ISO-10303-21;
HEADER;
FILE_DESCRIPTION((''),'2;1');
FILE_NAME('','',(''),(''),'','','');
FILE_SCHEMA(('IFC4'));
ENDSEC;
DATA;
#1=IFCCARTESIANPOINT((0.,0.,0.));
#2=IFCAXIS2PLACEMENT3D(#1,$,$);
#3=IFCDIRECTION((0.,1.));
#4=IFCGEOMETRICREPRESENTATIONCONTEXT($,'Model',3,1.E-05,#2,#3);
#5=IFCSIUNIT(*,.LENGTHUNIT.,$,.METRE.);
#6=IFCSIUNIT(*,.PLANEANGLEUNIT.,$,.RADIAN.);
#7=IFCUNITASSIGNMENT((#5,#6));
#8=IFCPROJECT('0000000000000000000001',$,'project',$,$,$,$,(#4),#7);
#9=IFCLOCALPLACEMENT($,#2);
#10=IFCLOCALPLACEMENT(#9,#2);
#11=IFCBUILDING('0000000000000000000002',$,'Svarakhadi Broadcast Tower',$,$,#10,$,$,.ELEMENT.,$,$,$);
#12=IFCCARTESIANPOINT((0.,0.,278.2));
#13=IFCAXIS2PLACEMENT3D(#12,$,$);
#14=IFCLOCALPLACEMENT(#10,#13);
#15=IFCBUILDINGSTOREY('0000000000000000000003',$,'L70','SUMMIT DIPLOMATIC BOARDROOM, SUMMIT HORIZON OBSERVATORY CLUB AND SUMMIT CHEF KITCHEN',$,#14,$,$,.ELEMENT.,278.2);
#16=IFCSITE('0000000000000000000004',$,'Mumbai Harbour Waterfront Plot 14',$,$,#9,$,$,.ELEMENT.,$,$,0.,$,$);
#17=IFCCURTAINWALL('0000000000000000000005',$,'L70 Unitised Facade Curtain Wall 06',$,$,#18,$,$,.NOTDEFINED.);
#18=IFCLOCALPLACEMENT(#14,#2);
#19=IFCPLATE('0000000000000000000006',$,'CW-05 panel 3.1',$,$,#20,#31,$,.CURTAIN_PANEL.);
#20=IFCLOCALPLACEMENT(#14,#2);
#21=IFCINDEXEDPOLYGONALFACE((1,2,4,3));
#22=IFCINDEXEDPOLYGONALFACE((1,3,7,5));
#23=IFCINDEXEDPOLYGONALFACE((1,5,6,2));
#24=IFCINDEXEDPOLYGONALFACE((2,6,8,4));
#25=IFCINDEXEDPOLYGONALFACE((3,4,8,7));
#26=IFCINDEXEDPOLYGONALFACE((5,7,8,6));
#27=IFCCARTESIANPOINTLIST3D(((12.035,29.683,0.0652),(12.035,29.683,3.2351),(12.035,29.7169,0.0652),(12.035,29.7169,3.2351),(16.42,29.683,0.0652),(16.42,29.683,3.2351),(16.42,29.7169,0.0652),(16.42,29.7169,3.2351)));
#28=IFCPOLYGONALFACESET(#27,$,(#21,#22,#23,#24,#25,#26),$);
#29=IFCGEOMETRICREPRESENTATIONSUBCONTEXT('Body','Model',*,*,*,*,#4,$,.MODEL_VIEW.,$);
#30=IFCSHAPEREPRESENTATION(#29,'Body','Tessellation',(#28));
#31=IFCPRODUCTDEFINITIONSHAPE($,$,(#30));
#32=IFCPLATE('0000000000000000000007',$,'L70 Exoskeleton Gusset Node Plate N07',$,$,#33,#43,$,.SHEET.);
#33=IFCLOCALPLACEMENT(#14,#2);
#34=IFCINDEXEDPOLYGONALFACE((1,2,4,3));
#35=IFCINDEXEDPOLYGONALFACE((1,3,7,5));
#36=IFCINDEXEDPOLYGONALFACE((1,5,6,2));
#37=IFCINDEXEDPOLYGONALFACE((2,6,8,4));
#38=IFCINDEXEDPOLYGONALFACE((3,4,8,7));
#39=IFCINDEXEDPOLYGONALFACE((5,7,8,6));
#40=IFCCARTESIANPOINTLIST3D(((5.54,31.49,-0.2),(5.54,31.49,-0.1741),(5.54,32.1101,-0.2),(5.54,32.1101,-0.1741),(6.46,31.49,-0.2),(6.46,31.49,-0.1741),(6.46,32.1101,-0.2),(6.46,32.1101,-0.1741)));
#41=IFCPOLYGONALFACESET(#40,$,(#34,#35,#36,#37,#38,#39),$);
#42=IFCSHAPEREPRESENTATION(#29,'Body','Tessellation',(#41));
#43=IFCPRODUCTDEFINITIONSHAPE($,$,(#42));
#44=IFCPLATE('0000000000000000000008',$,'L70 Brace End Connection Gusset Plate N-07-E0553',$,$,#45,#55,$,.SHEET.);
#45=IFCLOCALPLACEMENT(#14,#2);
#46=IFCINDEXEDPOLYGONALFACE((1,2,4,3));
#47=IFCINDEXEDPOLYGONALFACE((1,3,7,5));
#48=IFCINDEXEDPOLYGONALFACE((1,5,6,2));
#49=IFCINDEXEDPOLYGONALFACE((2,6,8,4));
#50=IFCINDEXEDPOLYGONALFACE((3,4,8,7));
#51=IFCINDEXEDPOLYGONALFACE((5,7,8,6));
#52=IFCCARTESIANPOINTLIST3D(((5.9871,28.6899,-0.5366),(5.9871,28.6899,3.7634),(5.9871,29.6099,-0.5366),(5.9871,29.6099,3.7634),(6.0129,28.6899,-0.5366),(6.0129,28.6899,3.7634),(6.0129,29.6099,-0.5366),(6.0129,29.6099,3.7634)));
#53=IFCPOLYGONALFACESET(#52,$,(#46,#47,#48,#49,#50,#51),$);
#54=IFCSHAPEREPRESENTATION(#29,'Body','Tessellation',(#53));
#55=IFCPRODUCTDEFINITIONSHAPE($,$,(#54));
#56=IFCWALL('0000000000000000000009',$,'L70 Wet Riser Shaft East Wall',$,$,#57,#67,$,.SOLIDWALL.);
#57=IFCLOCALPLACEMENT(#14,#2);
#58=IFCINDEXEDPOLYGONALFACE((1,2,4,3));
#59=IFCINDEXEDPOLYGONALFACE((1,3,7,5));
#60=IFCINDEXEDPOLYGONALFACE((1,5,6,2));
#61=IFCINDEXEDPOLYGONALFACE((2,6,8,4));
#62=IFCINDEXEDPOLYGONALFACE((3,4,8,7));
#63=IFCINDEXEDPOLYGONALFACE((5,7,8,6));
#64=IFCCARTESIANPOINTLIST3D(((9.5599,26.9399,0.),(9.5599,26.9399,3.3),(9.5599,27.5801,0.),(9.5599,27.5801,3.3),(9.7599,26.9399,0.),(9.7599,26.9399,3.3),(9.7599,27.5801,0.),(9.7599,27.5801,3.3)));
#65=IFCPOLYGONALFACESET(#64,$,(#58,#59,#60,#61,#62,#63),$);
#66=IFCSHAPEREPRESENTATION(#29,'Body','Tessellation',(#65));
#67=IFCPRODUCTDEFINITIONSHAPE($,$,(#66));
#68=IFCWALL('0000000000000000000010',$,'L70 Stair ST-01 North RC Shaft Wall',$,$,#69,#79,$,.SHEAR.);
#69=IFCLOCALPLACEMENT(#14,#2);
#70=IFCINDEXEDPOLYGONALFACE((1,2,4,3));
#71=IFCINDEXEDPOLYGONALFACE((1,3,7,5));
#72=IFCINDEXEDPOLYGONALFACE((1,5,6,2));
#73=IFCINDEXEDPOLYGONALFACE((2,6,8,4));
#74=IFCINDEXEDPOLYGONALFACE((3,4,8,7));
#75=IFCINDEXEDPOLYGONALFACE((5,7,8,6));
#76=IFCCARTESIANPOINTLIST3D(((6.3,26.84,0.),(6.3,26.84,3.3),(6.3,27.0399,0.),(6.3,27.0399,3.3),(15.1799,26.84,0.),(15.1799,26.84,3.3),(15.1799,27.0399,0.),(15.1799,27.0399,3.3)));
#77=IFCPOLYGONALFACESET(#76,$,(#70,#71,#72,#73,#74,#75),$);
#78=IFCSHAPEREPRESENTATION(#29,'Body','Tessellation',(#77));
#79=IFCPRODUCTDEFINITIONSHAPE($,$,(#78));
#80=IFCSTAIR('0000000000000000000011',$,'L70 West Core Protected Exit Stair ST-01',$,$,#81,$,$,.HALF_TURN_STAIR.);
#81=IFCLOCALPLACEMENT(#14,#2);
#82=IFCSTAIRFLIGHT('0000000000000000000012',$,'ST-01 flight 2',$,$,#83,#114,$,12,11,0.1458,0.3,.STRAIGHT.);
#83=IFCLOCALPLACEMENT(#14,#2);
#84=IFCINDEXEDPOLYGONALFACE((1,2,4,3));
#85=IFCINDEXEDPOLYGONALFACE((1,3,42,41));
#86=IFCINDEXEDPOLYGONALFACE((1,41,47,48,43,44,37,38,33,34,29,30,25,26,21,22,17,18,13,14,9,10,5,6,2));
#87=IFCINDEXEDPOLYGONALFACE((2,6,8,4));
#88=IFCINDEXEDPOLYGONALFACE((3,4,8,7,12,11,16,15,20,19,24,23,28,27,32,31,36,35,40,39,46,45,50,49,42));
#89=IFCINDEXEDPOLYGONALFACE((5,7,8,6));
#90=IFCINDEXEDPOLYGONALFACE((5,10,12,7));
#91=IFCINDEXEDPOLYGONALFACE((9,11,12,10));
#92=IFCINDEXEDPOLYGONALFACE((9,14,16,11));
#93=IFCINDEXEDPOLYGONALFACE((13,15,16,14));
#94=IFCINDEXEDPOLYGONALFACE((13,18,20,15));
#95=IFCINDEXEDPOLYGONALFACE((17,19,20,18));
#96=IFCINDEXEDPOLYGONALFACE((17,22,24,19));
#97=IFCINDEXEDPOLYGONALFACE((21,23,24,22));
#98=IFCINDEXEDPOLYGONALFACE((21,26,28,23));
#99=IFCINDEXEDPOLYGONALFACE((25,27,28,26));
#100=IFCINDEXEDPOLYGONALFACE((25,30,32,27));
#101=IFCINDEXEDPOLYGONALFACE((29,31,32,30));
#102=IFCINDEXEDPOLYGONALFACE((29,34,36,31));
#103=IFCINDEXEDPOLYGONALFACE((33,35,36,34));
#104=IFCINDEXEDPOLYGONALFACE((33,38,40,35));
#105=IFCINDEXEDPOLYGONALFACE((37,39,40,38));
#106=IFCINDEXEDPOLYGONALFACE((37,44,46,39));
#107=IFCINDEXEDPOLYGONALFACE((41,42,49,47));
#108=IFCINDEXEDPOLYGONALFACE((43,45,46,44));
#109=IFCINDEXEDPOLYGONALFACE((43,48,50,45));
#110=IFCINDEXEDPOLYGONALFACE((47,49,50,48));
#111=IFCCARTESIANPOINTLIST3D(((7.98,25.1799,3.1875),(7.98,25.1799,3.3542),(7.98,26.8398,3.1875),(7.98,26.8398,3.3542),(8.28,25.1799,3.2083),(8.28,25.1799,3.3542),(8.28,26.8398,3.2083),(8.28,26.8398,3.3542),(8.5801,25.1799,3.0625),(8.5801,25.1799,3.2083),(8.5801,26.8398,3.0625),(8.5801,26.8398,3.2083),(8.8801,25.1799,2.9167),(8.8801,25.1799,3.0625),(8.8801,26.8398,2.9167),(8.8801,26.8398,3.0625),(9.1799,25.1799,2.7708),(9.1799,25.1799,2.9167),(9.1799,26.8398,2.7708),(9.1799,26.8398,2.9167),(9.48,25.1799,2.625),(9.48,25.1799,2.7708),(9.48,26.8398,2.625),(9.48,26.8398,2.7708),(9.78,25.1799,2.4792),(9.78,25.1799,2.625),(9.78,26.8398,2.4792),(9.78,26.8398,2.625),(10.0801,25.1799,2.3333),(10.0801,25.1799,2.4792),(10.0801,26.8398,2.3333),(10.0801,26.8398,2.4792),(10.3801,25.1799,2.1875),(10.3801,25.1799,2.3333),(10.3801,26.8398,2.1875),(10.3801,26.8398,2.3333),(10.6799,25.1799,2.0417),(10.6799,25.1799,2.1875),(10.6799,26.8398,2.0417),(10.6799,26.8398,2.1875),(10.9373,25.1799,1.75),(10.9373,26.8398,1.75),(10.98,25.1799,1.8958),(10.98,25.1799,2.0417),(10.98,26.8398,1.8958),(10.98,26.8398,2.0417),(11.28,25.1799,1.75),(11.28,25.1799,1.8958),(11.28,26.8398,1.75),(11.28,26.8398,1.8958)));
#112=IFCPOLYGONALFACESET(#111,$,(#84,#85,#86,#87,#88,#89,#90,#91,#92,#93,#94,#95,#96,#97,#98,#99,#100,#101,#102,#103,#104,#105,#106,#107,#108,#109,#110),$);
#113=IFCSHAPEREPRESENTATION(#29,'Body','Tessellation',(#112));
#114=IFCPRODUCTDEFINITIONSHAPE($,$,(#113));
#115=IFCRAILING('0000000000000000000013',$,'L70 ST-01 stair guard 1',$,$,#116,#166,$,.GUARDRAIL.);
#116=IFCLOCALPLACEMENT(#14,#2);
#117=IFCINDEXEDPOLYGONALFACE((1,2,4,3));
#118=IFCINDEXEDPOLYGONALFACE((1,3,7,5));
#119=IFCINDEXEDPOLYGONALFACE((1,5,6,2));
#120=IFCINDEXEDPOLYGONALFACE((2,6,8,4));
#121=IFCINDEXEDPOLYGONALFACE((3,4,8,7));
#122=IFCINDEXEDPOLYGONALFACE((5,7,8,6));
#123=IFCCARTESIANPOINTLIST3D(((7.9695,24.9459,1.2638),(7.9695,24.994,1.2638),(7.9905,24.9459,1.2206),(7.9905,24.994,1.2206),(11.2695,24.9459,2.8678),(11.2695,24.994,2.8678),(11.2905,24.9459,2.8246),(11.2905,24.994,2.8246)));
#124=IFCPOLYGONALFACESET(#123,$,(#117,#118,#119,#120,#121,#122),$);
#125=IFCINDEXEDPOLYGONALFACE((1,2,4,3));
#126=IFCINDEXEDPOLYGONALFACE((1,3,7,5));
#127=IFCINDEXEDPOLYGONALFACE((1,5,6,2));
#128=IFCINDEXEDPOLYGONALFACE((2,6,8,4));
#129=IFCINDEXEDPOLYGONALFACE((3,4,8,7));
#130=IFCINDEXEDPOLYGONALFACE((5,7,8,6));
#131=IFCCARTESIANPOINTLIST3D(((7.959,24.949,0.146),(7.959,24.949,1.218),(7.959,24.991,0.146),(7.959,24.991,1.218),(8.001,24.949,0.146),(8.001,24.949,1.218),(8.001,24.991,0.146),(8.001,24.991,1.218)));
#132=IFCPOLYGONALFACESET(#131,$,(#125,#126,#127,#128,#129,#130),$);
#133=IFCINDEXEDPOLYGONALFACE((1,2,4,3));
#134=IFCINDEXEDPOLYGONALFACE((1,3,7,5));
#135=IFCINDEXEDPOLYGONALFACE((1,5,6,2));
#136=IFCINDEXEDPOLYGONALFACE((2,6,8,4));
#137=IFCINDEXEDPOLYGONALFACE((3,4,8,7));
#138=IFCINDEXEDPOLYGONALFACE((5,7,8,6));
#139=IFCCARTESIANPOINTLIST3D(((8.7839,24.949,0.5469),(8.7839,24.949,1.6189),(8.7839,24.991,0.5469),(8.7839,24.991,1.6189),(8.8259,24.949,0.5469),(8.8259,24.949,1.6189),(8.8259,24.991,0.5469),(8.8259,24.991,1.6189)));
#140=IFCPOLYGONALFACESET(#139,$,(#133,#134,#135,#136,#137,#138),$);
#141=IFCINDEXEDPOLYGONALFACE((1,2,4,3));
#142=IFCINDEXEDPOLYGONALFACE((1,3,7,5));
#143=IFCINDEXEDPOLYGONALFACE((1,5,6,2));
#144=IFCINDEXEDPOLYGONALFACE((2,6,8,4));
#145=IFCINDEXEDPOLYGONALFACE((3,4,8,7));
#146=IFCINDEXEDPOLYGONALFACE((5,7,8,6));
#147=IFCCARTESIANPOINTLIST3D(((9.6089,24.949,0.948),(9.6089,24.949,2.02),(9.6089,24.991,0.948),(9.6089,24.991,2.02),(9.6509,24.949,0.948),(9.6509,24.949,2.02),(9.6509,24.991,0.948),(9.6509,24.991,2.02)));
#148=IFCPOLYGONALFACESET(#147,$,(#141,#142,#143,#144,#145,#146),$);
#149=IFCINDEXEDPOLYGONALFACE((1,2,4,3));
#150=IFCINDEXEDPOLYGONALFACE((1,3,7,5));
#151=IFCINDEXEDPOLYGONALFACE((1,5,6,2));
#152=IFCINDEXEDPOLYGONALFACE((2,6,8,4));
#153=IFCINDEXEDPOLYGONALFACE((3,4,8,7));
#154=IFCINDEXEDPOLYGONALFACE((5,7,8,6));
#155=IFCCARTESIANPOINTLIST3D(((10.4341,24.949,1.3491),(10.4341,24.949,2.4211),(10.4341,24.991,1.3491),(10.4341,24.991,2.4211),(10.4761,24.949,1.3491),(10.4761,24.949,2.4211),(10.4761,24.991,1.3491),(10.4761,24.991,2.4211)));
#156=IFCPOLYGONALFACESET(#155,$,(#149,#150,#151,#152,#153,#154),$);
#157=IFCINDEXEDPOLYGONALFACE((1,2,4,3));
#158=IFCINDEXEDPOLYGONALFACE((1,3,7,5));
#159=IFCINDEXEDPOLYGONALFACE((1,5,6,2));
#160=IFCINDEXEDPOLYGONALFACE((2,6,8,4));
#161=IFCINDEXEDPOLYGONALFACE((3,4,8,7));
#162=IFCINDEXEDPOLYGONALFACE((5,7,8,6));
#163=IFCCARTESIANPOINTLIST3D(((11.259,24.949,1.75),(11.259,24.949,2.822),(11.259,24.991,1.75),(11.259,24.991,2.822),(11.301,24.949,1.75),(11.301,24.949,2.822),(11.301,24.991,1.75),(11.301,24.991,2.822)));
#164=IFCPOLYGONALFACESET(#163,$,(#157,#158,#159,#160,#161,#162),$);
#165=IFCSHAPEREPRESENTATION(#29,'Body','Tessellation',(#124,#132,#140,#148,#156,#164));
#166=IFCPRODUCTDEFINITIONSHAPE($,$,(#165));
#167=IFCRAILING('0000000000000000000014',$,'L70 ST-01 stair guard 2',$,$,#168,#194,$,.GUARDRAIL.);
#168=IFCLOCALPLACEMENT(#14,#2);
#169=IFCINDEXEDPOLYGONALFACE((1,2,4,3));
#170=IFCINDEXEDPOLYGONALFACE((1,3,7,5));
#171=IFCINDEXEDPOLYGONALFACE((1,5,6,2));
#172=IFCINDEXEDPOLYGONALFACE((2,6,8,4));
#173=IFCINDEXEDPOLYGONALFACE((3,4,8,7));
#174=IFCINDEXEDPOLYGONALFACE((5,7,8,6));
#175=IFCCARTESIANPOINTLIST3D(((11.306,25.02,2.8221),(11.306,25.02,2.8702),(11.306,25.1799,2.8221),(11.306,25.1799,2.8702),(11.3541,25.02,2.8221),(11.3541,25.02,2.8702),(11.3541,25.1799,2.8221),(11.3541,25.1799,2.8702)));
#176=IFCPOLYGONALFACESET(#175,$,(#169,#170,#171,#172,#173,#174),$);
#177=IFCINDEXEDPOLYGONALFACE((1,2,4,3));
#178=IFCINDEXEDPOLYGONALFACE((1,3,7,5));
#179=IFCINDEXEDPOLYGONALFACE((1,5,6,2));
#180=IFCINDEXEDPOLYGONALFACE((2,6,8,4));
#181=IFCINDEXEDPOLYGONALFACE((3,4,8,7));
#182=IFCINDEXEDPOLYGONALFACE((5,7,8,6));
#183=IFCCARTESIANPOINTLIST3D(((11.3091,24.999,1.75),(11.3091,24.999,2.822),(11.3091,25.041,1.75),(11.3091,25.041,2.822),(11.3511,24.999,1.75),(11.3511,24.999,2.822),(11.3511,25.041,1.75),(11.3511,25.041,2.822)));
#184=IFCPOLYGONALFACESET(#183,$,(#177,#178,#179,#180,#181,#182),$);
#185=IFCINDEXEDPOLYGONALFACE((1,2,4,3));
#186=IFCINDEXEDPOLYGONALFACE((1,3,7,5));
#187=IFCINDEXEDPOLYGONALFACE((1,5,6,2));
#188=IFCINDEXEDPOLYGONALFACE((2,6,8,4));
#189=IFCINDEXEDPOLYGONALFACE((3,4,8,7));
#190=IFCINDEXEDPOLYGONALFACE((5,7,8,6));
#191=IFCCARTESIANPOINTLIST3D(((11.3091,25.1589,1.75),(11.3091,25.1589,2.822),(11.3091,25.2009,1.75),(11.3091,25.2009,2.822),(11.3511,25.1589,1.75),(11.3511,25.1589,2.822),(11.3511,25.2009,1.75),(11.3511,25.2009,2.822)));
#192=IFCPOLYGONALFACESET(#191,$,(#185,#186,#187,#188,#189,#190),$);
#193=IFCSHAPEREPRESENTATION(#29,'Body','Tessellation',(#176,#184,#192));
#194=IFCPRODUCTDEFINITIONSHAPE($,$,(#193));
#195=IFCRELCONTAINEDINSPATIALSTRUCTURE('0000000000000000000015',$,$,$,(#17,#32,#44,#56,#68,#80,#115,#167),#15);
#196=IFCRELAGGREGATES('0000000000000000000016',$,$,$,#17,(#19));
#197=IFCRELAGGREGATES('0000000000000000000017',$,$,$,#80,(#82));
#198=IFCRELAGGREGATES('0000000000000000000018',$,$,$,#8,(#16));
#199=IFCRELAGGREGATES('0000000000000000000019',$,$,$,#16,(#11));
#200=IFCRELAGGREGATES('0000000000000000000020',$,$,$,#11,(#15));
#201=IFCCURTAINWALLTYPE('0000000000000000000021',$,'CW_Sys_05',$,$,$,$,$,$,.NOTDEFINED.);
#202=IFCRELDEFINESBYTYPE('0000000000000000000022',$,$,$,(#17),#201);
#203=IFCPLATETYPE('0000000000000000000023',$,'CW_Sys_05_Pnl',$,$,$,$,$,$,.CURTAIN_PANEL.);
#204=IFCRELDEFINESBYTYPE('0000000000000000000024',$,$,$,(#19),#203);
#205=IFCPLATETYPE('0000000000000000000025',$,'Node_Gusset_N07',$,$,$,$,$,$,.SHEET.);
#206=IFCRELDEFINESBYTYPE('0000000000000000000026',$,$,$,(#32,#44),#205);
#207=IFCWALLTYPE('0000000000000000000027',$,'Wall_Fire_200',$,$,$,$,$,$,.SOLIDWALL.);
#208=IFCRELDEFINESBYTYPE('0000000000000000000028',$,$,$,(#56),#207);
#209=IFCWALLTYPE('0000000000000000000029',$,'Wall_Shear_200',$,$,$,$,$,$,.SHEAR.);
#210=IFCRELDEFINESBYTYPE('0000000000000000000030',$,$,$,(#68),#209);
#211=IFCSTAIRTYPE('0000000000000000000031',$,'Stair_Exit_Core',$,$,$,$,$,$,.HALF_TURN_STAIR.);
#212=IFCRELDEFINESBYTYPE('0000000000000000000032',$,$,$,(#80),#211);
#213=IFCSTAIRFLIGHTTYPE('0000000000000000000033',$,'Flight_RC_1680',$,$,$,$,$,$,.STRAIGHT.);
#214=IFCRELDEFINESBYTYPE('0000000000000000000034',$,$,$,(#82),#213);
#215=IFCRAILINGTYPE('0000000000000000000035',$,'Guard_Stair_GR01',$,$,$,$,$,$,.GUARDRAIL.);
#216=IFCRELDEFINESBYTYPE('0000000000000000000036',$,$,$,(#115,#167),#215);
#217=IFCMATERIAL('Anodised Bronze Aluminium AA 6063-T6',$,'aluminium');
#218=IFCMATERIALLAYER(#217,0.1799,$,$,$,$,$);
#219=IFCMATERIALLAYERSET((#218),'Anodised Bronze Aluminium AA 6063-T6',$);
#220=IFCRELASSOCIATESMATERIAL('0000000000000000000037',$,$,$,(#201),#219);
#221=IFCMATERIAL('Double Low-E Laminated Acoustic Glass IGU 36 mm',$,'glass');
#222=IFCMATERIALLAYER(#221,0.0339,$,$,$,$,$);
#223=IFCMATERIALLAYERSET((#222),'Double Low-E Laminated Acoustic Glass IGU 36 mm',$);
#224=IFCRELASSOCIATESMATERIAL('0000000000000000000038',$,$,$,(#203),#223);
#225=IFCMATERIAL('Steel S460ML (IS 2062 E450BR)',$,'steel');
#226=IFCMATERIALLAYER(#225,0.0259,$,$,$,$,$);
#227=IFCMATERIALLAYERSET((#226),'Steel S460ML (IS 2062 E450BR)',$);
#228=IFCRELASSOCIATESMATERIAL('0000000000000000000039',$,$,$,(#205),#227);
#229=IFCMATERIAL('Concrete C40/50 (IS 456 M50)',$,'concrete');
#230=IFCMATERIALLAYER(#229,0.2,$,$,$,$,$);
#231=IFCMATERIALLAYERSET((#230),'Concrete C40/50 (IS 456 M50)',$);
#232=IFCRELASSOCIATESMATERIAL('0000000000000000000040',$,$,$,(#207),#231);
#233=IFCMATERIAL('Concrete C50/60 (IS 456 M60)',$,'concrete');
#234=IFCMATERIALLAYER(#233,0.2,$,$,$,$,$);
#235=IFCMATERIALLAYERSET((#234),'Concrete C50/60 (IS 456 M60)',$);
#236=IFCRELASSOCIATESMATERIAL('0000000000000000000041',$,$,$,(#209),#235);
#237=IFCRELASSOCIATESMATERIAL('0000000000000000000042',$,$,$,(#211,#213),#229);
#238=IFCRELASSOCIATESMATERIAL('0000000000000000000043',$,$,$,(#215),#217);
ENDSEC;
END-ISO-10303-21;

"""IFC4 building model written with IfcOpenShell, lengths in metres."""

from ifc_helpers import new_model, si_unit, direction, frame, frame_2d, origin, origin_2d, place, context, subcontext, project, spatial, polyline, rectangle, outline, extrude, material, layer, layer_set, type_object, element, aggregate, save


model = new_model("IFC4")

# Units and contexts
model_context = context("Model", 3, precision=1e-05, world=origin(), true_north=direction((0.0, 1.0)))
body_context = subcontext(model_context, "Body", "Model", "MODEL_VIEW")
ifc_project = project(units=[si_unit("LENGTHUNIT", "METRE"), si_unit("PLANEANGLEUNIT", "RADIAN")], contexts=[model_context])

# Site, building, storey
site_placement = place(None, origin())
site = spatial("IfcSite", under=ifc_project, at=site_placement, Name="Mumbai Harbour Waterfront Plot 14", CompositionType="ELEMENT", RefElevation=0.0)
building_placement = place(site_placement, origin())
building = spatial("IfcBuilding", under=site, at=building_placement, Name="Svarakhadi Broadcast Tower", CompositionType="ELEMENT")
storey_placement = place(building_placement, frame((0.0, 0.0, 278.2)))
storey = spatial("IfcBuildingStorey", under=building, at=storey_placement, Name="L70", Description="SUMMIT DIPLOMATIC BOARDROOM, SUMMIT HORIZON OBSERVATORY CLUB AND SUMMIT CHEF KITCHEN", CompositionType="ELEMENT", Elevation=278.2)

# Shared definitions
ifc_material_1 = material(Name="Concrete C50/60 (IS 456 M60)", Category="concrete")
ifc_material_2 = material(Name="Steel S460ML (IS 2062 E450BR)", Category="steel")

# Curtain wall
ifc_material_3 = material(Name="Anodised Bronze Aluminium AA 6063-T6", Category="aluminium")
ifc_layer_1 = layer(ifc_material_3, 0.1799)
ifc_layer_set_1 = layer_set([ifc_layer_1], Name="Anodised Bronze Aluminium AA 6063-T6")
curtain_wall_type = type_object("IfcCurtainWallType", Name="CW_Sys_05", PredefinedType="NOTDEFINED", material=ifc_layer_set_1)
curtain_wall_placement = place(storey_placement, origin())
curtain_wall = element("IfcCurtainWall", 1, at=curtain_wall_placement, inside=storey, type_object=curtain_wall_type, Name="L70 Unitised Facade Curtain Wall 06", PredefinedType="NOTDEFINED")

# Plate
ifc_material_4 = material(Name="Double Low-E Laminated Acoustic Glass IGU 36 mm", Category="glass")
ifc_layer_2 = layer(ifc_material_4, 0.0339)
ifc_layer_set_2 = layer_set([ifc_layer_2], Name="Double Low-E Laminated Acoustic Glass IGU 36 mm")
plate_type_1 = type_object("IfcPlateType", Name="CW_Sys_05_Pnl", PredefinedType="CURTAIN_PANEL", material=ifc_layer_set_2)
plate_1_placement = place(storey_placement, frame((14.2275, 29.7, 0.0652), z_axis=(0.0, 0.0, 1.0), x_axis=(1.0, 0.0, 0.0)))
plate_1 = element("IfcPlate", 2, at=plate_1_placement, type_object=plate_type_1, Name="CW-05 panel 3.1", PredefinedType="CURTAIN_PANEL", context=body_context, shape_type="SweptSolid", body=[
    extrude(rectangle(XDim=4.385, YDim=0.0339, at=origin_2d()), origin(), (0.0, 0.0, 1.0), 3.1699),
])
aggregate(curtain_wall, [plate_1])

# Plates
ifc_layer_3 = layer(ifc_material_2, 0.0259)
ifc_layer_set_3 = layer_set([ifc_layer_3], Name="Steel S460ML (IS 2062 E450BR)")
plate_type_2 = type_object("IfcPlateType", Name="Node_Gusset_N07", PredefinedType="SHEET", material=ifc_layer_set_3)
plate_2_placement = place(storey_placement, frame((6.0, 31.8, -0.2), z_axis=(0.0, 0.0, 1.0), x_axis=(1.0, 0.0, 0.0)))
element("IfcPlate", 3, at=plate_2_placement, inside=storey, type_object=plate_type_2, Name="L70 Exoskeleton Gusset Node Plate N07", PredefinedType="SHEET", context=body_context, shape_type="SweptSolid", body=[
    extrude(rectangle(XDim=0.9199, YDim=0.6201, at=origin_2d()), origin(), (0.0, 0.0, 1.0), 0.0259),
])
plate_3_placement = place(storey_placement, frame((6.0, 29.1499, -0.5366), z_axis=(0.0, 0.0, 1.0), x_axis=(0.0, 1.0, 0.0)))
element("IfcPlate", 4, at=plate_3_placement, inside=storey, type_object=plate_type_2, Name="L70 Brace End Connection Gusset Plate N-07-E0553", PredefinedType="SHEET", context=body_context, shape_type="SweptSolid", body=[
    extrude(rectangle(XDim=0.9199, YDim=0.0259, at=origin_2d()), origin(), (0.0, 0.0, 1.0), 4.3),
])

# Walls
ifc_material_5 = material(Name="Concrete C40/50 (IS 456 M50)", Category="concrete")
ifc_layer_4 = layer(ifc_material_5, 0.2)
ifc_layer_set_4 = layer_set([ifc_layer_4], Name="Concrete C40/50 (IS 456 M50)")
wall_type_1 = type_object("IfcWallType", Name="Wall_Fire_200", PredefinedType="SOLIDWALL", material=ifc_layer_set_4)
wall_1_placement = place(storey_placement, frame((9.6599, 26.9399, 0.0), z_axis=(0.0, 0.0, 1.0), x_axis=(0.0, 1.0, 0.0)))
element("IfcWall", 5, at=wall_1_placement, inside=storey, type_object=wall_type_1, Name="L70 Wet Riser Shaft East Wall", PredefinedType="SOLIDWALL", context=body_context, shape_type="SweptSolid", body=[
    extrude(rectangle(XDim=0.6401, YDim=0.2, at=frame_2d((0.3201, 0.0))), origin(), (0.0, 0.0, 1.0), 3.3),
])
ifc_layer_5 = layer(ifc_material_1, 0.2)
ifc_layer_set_5 = layer_set([ifc_layer_5], Name="Concrete C50/60 (IS 456 M60)")
wall_type_2 = type_object("IfcWallType", Name="Wall_Shear_200", PredefinedType="SHEAR", material=ifc_layer_set_5)
wall_2_placement = place(storey_placement, frame((6.3, 26.9399, 0.0), z_axis=(0.0, 0.0, 1.0), x_axis=(1.0, 0.0, 0.0)))
element("IfcWall", 6, at=wall_2_placement, inside=storey, type_object=wall_type_2, Name="L70 Stair ST-01 North RC Shaft Wall", PredefinedType="SHEAR", context=body_context, shape_type="SweptSolid", body=[
    extrude(rectangle(XDim=8.8799, YDim=0.2, at=frame_2d((4.4399, 0.0))), origin(), (0.0, 0.0, 1.0), 3.3),
])

# Stair, stair flight
stair_type = type_object("IfcStairType", Name="Stair_Exit_Core", PredefinedType="HALF_TURN_STAIR", material=ifc_material_5)
stair_placement = place(storey_placement, origin())
stair = element("IfcStair", 7, at=stair_placement, inside=storey, type_object=stair_type, Name="L70 West Core Protected Exit Stair ST-01", PredefinedType="HALF_TURN_STAIR")
stair_flight_type = type_object("IfcStairFlightType", Name="Flight_RC_1680", PredefinedType="STRAIGHT", material=ifc_material_5)
stair_flight_placement = place(storey_placement, frame((11.28, 26.01, 1.75), z_axis=(0.0, 0.0, 1.0), x_axis=(-1.0, 0.0, 0.0)))
stair_flight = element("IfcStairFlight", 8, at=stair_flight_placement, type_object=stair_flight_type, Name="ST-01 flight 2", NumberOfRisers=12, NumberOfTreads=11, PredefinedType="STRAIGHT", RiserHeight=0.1458, TreadLength=0.3, context=body_context, shape_type="SweptSolid", body=[
    extrude(outline(polyline([(0.0, 0.0), (0.0, 0.1458), (0.3, 0.1458), (0.3, 0.2917), (0.6001, 0.2917), (0.6001, 0.4375), (0.8999, 0.4375), (0.8999, 0.5833), (1.2, 0.5833), (1.2, 0.7292), (1.5, 0.7292), (1.5, 0.875), (1.8, 0.875), (1.8, 1.0208), (2.1001, 1.0208), (2.1001, 1.1667), (2.3999, 1.1667), (2.3999, 1.3125), (2.7, 1.3125), (2.7, 1.4583), (3.0, 1.4583), (3.0, 1.6042), (3.3, 1.6042), (3.3, 1.75), (3.3, 1.4375), (0.3428, 0.0), (0.0, 0.0)])), frame((0.0, 0.8301, 0.0), z_axis=(0.0, -1.0, 0.0), x_axis=(1.0, 0.0, 0.0)), (0.0, 0.0, 1.0), 1.6599),
])
aggregate(stair, [stair_flight])

# Railings
railing_type_1 = type_object("IfcRailingType", Name="Guard_Stair_GR01", PredefinedType="GUARDRAIL", material=ifc_material_3)
railing_1_placement = place(storey_placement, frame((7.98, 24.97, 0.146)))
element("IfcRailing", 9, at=railing_1_placement, inside=storey, type_object=railing_type_1, Name="L70 ST-01 stair guard 1", PredefinedType="GUARDRAIL", context=body_context, shape_type="SweptSolid", body=[
    extrude(rectangle(XDim=0.0481, YDim=0.0481, at=origin_2d()), frame((0.0, 0.0, 1.0962), z_axis=(0.899388, 0.0, 0.437152), x_axis=(0.0, 1.0, 0.0)), (0.0, 0.0, 1.0), 3.6692),
    extrude(rectangle(XDim=0.042, YDim=0.042, at=origin_2d()), origin(), (0.0, 0.0, 1.0), 1.072),
    extrude(rectangle(XDim=0.042, YDim=0.042, at=origin_2d()), frame((0.825, 0.0, 0.4009)), (0.0, 0.0, 1.0), 1.072),
    extrude(rectangle(XDim=0.042, YDim=0.042, at=origin_2d()), frame((1.6499, 0.0, 0.802)), (0.0, 0.0, 1.0), 1.072),
    extrude(rectangle(XDim=0.042, YDim=0.042, at=origin_2d()), frame((2.4751, 0.0, 1.2031)), (0.0, 0.0, 1.0), 1.072),
    extrude(rectangle(XDim=0.042, YDim=0.042, at=origin_2d()), frame((3.3, 0.0, 1.604)), (0.0, 0.0, 1.0), 1.072),
])
railing_2_placement = place(storey_placement, frame((11.3301, 25.02, 1.75)))
element("IfcRailing", 10, at=railing_2_placement, inside=storey, type_object=railing_type_1, Name="L70 ST-01 stair guard 2", PredefinedType="GUARDRAIL", context=body_context, shape_type="SweptSolid", body=[
    extrude(rectangle(XDim=0.0481, YDim=0.0481, at=origin_2d()), frame((0.0, 0.0, 1.0962), z_axis=(0.0, 1.0, 0.0), x_axis=(-1.0, 0.0, 0.0)), (0.0, 0.0, 1.0), 0.1599),
    extrude(rectangle(XDim=0.042, YDim=0.042, at=origin_2d()), origin(), (0.0, 0.0, 1.0), 1.072),
    extrude(rectangle(XDim=0.042, YDim=0.042, at=origin_2d()), frame((0.0, 0.1599, 0.0)), (0.0, 0.0, 1.0), 1.072),
])

save(model, "model.ifc")
